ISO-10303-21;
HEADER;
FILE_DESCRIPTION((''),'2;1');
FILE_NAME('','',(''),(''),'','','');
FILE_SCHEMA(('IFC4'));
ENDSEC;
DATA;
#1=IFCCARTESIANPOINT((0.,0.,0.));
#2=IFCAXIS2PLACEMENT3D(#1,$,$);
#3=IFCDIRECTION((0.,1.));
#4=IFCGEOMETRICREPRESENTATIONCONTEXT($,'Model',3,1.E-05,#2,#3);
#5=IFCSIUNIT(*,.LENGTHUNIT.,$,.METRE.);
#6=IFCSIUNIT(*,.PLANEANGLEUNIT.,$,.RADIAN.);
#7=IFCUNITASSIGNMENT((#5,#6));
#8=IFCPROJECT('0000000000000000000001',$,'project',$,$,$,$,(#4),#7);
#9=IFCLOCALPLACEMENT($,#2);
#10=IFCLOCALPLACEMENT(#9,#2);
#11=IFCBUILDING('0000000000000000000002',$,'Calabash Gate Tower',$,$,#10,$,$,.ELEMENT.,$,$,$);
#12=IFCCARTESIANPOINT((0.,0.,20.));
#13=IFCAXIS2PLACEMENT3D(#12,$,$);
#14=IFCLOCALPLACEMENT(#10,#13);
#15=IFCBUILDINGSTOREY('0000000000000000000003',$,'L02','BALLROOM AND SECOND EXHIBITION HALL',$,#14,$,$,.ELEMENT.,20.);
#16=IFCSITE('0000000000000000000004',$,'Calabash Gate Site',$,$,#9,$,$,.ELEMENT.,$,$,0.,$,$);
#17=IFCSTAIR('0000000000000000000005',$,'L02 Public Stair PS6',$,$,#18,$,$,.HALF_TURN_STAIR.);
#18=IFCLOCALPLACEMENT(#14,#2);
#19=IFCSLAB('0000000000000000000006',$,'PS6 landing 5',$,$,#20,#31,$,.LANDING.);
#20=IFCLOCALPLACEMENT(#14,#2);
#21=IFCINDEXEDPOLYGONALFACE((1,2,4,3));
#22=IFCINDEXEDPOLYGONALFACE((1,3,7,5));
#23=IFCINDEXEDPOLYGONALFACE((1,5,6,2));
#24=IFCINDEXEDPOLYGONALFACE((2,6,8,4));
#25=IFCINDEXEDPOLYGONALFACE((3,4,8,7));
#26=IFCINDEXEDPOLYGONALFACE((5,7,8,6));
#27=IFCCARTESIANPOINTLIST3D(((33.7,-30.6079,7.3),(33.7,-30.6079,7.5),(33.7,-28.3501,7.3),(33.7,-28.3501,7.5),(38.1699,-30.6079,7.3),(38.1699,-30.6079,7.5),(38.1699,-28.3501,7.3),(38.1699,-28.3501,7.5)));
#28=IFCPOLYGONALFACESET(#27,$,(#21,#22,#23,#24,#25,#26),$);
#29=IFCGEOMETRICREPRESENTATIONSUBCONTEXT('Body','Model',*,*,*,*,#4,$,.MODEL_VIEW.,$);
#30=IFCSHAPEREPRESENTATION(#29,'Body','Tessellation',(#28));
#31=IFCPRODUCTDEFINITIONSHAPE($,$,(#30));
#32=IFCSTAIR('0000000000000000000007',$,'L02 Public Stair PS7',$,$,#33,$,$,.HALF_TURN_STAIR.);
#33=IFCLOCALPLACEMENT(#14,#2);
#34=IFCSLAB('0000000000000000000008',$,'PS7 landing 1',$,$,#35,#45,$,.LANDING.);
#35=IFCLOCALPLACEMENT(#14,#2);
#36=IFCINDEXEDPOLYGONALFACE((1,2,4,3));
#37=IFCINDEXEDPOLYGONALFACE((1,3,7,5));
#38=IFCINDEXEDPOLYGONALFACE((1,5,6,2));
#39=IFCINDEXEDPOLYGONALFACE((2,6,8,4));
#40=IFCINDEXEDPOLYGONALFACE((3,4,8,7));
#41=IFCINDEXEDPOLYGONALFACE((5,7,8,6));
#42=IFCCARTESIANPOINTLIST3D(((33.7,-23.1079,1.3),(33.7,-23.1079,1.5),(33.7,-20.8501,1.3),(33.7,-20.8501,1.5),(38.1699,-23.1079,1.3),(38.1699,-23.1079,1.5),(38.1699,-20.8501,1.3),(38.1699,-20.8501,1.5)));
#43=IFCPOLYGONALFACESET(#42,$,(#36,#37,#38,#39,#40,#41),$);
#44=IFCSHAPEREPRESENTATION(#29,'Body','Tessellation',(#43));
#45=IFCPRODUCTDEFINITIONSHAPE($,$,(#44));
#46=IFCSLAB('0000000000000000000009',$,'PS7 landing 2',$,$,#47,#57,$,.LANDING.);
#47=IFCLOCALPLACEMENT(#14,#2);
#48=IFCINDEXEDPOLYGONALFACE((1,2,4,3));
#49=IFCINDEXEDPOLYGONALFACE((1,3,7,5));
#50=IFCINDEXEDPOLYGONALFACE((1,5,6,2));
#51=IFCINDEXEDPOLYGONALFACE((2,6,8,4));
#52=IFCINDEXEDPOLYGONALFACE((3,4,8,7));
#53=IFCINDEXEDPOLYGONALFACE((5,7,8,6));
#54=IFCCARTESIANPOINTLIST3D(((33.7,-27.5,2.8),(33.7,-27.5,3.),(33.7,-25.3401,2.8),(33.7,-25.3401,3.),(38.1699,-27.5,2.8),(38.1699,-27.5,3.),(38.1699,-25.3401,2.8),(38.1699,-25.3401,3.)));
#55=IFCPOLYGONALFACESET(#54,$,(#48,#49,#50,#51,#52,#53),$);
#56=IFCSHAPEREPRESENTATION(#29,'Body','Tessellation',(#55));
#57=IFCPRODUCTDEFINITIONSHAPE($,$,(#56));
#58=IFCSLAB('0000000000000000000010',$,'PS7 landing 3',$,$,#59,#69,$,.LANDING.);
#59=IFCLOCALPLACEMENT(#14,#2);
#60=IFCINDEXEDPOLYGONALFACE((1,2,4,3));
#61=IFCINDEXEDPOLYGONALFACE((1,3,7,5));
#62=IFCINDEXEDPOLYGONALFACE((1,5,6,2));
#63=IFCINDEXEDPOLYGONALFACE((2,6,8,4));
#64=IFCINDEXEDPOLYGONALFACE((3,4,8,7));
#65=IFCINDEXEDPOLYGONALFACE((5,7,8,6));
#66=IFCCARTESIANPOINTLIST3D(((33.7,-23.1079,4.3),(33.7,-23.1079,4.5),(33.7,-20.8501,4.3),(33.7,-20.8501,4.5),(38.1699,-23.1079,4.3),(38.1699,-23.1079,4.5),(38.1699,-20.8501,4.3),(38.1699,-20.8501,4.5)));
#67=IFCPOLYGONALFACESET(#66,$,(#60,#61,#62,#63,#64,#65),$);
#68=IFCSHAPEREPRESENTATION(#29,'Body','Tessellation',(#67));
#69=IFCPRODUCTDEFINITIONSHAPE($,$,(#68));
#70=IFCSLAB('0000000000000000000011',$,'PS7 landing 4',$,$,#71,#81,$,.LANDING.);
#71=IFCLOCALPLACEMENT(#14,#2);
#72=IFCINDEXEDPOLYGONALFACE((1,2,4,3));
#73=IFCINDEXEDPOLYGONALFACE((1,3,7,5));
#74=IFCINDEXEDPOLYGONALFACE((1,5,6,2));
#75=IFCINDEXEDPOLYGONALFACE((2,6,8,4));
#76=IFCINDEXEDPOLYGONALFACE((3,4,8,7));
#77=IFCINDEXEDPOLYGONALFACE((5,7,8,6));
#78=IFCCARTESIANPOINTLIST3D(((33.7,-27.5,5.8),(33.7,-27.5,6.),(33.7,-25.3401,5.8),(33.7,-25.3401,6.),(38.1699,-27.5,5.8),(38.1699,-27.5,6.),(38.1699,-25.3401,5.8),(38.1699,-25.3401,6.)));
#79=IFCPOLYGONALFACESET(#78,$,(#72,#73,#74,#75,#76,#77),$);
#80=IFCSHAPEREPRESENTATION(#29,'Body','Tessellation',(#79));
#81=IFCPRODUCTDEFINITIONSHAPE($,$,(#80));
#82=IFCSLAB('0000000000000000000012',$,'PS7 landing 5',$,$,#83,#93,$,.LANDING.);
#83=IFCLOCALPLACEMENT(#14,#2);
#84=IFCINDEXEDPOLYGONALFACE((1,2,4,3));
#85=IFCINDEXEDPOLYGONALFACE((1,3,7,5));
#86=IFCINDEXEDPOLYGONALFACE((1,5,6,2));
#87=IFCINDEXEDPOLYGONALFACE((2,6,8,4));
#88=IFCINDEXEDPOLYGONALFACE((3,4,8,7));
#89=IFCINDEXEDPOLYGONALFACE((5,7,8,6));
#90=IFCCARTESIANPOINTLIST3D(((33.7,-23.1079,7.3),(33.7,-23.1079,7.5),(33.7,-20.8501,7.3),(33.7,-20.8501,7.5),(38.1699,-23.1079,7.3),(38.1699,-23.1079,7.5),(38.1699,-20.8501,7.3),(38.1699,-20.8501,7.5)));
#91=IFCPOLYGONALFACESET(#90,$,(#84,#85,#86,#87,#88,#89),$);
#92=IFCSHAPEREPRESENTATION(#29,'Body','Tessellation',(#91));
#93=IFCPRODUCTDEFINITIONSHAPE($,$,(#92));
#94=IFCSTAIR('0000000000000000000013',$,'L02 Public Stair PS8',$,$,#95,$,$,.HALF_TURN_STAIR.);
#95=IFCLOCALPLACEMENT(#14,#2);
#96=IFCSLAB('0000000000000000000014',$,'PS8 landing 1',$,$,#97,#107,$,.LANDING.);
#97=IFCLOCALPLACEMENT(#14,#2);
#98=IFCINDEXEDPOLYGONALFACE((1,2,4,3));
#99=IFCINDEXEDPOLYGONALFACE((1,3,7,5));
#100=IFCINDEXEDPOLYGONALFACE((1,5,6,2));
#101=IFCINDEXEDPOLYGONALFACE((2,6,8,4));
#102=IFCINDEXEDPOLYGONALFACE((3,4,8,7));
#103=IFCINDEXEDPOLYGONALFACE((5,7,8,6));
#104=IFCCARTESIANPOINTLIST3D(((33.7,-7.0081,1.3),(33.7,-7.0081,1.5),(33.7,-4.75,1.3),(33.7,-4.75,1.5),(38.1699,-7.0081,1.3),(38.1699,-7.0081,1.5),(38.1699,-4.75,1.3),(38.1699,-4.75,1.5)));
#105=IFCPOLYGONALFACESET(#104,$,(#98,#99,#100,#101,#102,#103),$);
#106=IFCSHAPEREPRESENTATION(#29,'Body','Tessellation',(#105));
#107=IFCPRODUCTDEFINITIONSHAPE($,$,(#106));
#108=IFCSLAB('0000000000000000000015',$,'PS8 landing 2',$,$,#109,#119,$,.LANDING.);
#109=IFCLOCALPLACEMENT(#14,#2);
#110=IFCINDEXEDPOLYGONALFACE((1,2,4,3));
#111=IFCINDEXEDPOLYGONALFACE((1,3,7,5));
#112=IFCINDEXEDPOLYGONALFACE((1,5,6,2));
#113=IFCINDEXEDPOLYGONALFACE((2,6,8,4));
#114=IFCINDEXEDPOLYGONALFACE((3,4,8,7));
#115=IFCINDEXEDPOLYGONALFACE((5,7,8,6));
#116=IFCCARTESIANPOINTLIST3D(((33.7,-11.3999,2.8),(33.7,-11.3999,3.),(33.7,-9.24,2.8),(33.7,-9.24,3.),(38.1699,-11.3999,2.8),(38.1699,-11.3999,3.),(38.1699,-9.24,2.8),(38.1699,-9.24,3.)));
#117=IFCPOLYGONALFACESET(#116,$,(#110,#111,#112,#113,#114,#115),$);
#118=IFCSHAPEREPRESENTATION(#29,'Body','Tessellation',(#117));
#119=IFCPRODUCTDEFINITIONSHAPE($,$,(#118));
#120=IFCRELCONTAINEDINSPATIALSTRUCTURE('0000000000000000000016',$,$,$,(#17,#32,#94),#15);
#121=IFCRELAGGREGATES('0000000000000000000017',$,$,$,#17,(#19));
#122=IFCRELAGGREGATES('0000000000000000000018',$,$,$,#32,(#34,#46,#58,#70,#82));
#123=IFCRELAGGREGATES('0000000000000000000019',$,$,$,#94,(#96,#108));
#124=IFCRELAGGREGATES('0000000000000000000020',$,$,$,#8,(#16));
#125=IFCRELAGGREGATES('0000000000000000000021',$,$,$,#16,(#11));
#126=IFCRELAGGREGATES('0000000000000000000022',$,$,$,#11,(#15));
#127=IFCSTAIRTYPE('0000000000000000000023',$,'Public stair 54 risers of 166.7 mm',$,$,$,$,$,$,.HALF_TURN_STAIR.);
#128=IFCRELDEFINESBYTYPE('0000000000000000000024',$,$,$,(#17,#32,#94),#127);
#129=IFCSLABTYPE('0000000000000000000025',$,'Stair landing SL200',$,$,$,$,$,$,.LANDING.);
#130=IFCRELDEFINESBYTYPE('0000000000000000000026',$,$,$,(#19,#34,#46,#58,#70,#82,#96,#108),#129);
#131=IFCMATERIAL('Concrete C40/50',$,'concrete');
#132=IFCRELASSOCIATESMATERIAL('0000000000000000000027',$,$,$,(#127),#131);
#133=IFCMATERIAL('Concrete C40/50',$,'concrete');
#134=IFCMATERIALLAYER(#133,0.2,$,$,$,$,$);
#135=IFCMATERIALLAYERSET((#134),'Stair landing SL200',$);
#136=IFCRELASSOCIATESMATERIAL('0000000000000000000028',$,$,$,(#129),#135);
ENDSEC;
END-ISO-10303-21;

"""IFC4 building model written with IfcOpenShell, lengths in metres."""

from ifc_helpers import new_model, si_unit, direction, frame, origin, place, context, subcontext, project, spatial, polyline, outline, extrude, material, layer, layer_set, type_object, element, aggregate, save


model = new_model("IFC4")

# Units and contexts
model_context = context("Model", 3, precision=1e-05, world=origin(), true_north=direction((0.0, 1.0)))
body_context = subcontext(model_context, "Body", "Model", "MODEL_VIEW")
ifc_project = project(units=[si_unit("LENGTHUNIT", "METRE"), si_unit("PLANEANGLEUNIT", "RADIAN")], contexts=[model_context])

# Site, building, storey
site_placement = place(None, origin())
site = spatial("IfcSite", under=ifc_project, at=site_placement, Name="Calabash Gate Site", CompositionType="ELEMENT", RefElevation=0.0)
building_placement = place(site_placement, origin())
building = spatial("IfcBuilding", under=site, at=building_placement, Name="Calabash Gate Tower", CompositionType="ELEMENT")
storey_placement = place(building_placement, frame((0.0, 0.0, 20.0)))
storey = spatial("IfcBuildingStorey", under=building, at=storey_placement, Name="L02", Description="BALLROOM AND SECOND EXHIBITION HALL", CompositionType="ELEMENT", Elevation=20.0)

# Shared definitions
ifc_material_1 = material(Name="Concrete C40/50", Category="concrete")
stair_type = type_object("IfcStairType", Name="Public stair 54 risers of 166.7 mm", PredefinedType="HALF_TURN_STAIR", material=ifc_material_1)
ifc_material_2 = material(Name="Concrete C40/50", Category="concrete")
ifc_layer = layer(ifc_material_2, 0.2)
ifc_layer_set = layer_set([ifc_layer], Name="Stair landing SL200")
slab_type = type_object("IfcSlabType", Name="Stair landing SL200", PredefinedType="LANDING", material=ifc_layer_set)

# Stairs, slabs
stair_1_placement = place(storey_placement, origin())
stair_1 = element("IfcStair", 1, at=stair_1_placement, inside=storey, type_object=stair_type, Name="L02 Public Stair PS6", PredefinedType="HALF_TURN_STAIR")
slab_1_placement = place(storey_placement, frame((0.0, 0.0, 7.3)))
slab_1 = element("IfcSlab", 2, at=slab_1_placement, type_object=slab_type, Name="PS6 landing 5", PredefinedType="LANDING", context=body_context, shape_type="SweptSolid", body=[
    extrude(outline(polyline([(38.1699, -30.6079), (38.1699, -28.3501), (33.7, -28.3501), (33.7, -30.6079), (38.1699, -30.6079)])), origin(), (0.0, 0.0, 1.0), 0.2),
])
aggregate(stair_1, [slab_1])
stair_2_placement = place(storey_placement, origin())
stair_2 = element("IfcStair", 3, at=stair_2_placement, inside=storey, type_object=stair_type, Name="L02 Public Stair PS7", PredefinedType="HALF_TURN_STAIR")
slab_2_placement = place(storey_placement, frame((0.0, 0.0, 1.3)))
slab_2 = element("IfcSlab", 4, at=slab_2_placement, type_object=slab_type, Name="PS7 landing 1", PredefinedType="LANDING", context=body_context, shape_type="SweptSolid", body=[
    extrude(outline(polyline([(38.1699, -23.1079), (38.1699, -20.8501), (33.7, -20.8501), (33.7, -23.1079), (38.1699, -23.1079)])), origin(), (0.0, 0.0, 1.0), 0.2),
])
slab_3_placement = place(storey_placement, frame((0.0, 0.0, 2.8)))
slab_3 = element("IfcSlab", 5, at=slab_3_placement, type_object=slab_type, Name="PS7 landing 2", PredefinedType="LANDING", context=body_context, shape_type="SweptSolid", body=[
    extrude(outline(polyline([(38.1699, -27.5), (38.1699, -25.3401), (33.7, -25.3401), (33.7, -27.5), (38.1699, -27.5)])), origin(), (0.0, 0.0, 1.0), 0.2),
])
slab_4_placement = place(storey_placement, frame((0.0, 0.0, 4.3)))
slab_4 = element("IfcSlab", 6, at=slab_4_placement, type_object=slab_type, Name="PS7 landing 3", PredefinedType="LANDING", context=body_context, shape_type="SweptSolid", body=[
    extrude(outline(polyline([(38.1699, -23.1079), (38.1699, -20.8501), (33.7, -20.8501), (33.7, -23.1079), (38.1699, -23.1079)])), origin(), (0.0, 0.0, 1.0), 0.2),
])
slab_5_placement = place(storey_placement, frame((0.0, 0.0, 5.8)))
slab_5 = element("IfcSlab", 7, at=slab_5_placement, type_object=slab_type, Name="PS7 landing 4", PredefinedType="LANDING", context=body_context, shape_type="SweptSolid", body=[
    extrude(outline(polyline([(38.1699, -27.5), (38.1699, -25.3401), (33.7, -25.3401), (33.7, -27.5), (38.1699, -27.5)])), origin(), (0.0, 0.0, 1.0), 0.2),
])
slab_6_placement = place(storey_placement, frame((0.0, 0.0, 7.3)))
slab_6 = element("IfcSlab", 8, at=slab_6_placement, type_object=slab_type, Name="PS7 landing 5", PredefinedType="LANDING", context=body_context, shape_type="SweptSolid", body=[
    extrude(outline(polyline([(38.1699, -23.1079), (38.1699, -20.8501), (33.7, -20.8501), (33.7, -23.1079), (38.1699, -23.1079)])), origin(), (0.0, 0.0, 1.0), 0.2),
])
aggregate(stair_2, [slab_2, slab_3, slab_4, slab_5, slab_6])
stair_3_placement = place(storey_placement, origin())
stair_3 = element("IfcStair", 9, at=stair_3_placement, inside=storey, type_object=stair_type, Name="L02 Public Stair PS8", PredefinedType="HALF_TURN_STAIR")
slab_7_placement = place(storey_placement, frame((0.0, 0.0, 1.3)))
slab_7 = element("IfcSlab", 10, at=slab_7_placement, type_object=slab_type, Name="PS8 landing 1", PredefinedType="LANDING", context=body_context, shape_type="SweptSolid", body=[
    extrude(outline(polyline([(38.1699, -7.0081), (38.1699, -4.75), (33.7, -4.75), (33.7, -7.0081), (38.1699, -7.0081)])), origin(), (0.0, 0.0, 1.0), 0.2),
])
slab_8_placement = place(storey_placement, frame((0.0, 0.0, 2.8)))
slab_8 = element("IfcSlab", 11, at=slab_8_placement, type_object=slab_type, Name="PS8 landing 2", PredefinedType="LANDING", context=body_context, shape_type="SweptSolid", body=[
    extrude(outline(polyline([(38.1699, -11.3999), (38.1699, -9.24), (33.7, -9.24), (33.7, -11.3999), (38.1699, -11.3999)])), origin(), (0.0, 0.0, 1.0), 0.2),
])
aggregate(stair_3, [slab_7, slab_8])

save(model, "model.ifc")
